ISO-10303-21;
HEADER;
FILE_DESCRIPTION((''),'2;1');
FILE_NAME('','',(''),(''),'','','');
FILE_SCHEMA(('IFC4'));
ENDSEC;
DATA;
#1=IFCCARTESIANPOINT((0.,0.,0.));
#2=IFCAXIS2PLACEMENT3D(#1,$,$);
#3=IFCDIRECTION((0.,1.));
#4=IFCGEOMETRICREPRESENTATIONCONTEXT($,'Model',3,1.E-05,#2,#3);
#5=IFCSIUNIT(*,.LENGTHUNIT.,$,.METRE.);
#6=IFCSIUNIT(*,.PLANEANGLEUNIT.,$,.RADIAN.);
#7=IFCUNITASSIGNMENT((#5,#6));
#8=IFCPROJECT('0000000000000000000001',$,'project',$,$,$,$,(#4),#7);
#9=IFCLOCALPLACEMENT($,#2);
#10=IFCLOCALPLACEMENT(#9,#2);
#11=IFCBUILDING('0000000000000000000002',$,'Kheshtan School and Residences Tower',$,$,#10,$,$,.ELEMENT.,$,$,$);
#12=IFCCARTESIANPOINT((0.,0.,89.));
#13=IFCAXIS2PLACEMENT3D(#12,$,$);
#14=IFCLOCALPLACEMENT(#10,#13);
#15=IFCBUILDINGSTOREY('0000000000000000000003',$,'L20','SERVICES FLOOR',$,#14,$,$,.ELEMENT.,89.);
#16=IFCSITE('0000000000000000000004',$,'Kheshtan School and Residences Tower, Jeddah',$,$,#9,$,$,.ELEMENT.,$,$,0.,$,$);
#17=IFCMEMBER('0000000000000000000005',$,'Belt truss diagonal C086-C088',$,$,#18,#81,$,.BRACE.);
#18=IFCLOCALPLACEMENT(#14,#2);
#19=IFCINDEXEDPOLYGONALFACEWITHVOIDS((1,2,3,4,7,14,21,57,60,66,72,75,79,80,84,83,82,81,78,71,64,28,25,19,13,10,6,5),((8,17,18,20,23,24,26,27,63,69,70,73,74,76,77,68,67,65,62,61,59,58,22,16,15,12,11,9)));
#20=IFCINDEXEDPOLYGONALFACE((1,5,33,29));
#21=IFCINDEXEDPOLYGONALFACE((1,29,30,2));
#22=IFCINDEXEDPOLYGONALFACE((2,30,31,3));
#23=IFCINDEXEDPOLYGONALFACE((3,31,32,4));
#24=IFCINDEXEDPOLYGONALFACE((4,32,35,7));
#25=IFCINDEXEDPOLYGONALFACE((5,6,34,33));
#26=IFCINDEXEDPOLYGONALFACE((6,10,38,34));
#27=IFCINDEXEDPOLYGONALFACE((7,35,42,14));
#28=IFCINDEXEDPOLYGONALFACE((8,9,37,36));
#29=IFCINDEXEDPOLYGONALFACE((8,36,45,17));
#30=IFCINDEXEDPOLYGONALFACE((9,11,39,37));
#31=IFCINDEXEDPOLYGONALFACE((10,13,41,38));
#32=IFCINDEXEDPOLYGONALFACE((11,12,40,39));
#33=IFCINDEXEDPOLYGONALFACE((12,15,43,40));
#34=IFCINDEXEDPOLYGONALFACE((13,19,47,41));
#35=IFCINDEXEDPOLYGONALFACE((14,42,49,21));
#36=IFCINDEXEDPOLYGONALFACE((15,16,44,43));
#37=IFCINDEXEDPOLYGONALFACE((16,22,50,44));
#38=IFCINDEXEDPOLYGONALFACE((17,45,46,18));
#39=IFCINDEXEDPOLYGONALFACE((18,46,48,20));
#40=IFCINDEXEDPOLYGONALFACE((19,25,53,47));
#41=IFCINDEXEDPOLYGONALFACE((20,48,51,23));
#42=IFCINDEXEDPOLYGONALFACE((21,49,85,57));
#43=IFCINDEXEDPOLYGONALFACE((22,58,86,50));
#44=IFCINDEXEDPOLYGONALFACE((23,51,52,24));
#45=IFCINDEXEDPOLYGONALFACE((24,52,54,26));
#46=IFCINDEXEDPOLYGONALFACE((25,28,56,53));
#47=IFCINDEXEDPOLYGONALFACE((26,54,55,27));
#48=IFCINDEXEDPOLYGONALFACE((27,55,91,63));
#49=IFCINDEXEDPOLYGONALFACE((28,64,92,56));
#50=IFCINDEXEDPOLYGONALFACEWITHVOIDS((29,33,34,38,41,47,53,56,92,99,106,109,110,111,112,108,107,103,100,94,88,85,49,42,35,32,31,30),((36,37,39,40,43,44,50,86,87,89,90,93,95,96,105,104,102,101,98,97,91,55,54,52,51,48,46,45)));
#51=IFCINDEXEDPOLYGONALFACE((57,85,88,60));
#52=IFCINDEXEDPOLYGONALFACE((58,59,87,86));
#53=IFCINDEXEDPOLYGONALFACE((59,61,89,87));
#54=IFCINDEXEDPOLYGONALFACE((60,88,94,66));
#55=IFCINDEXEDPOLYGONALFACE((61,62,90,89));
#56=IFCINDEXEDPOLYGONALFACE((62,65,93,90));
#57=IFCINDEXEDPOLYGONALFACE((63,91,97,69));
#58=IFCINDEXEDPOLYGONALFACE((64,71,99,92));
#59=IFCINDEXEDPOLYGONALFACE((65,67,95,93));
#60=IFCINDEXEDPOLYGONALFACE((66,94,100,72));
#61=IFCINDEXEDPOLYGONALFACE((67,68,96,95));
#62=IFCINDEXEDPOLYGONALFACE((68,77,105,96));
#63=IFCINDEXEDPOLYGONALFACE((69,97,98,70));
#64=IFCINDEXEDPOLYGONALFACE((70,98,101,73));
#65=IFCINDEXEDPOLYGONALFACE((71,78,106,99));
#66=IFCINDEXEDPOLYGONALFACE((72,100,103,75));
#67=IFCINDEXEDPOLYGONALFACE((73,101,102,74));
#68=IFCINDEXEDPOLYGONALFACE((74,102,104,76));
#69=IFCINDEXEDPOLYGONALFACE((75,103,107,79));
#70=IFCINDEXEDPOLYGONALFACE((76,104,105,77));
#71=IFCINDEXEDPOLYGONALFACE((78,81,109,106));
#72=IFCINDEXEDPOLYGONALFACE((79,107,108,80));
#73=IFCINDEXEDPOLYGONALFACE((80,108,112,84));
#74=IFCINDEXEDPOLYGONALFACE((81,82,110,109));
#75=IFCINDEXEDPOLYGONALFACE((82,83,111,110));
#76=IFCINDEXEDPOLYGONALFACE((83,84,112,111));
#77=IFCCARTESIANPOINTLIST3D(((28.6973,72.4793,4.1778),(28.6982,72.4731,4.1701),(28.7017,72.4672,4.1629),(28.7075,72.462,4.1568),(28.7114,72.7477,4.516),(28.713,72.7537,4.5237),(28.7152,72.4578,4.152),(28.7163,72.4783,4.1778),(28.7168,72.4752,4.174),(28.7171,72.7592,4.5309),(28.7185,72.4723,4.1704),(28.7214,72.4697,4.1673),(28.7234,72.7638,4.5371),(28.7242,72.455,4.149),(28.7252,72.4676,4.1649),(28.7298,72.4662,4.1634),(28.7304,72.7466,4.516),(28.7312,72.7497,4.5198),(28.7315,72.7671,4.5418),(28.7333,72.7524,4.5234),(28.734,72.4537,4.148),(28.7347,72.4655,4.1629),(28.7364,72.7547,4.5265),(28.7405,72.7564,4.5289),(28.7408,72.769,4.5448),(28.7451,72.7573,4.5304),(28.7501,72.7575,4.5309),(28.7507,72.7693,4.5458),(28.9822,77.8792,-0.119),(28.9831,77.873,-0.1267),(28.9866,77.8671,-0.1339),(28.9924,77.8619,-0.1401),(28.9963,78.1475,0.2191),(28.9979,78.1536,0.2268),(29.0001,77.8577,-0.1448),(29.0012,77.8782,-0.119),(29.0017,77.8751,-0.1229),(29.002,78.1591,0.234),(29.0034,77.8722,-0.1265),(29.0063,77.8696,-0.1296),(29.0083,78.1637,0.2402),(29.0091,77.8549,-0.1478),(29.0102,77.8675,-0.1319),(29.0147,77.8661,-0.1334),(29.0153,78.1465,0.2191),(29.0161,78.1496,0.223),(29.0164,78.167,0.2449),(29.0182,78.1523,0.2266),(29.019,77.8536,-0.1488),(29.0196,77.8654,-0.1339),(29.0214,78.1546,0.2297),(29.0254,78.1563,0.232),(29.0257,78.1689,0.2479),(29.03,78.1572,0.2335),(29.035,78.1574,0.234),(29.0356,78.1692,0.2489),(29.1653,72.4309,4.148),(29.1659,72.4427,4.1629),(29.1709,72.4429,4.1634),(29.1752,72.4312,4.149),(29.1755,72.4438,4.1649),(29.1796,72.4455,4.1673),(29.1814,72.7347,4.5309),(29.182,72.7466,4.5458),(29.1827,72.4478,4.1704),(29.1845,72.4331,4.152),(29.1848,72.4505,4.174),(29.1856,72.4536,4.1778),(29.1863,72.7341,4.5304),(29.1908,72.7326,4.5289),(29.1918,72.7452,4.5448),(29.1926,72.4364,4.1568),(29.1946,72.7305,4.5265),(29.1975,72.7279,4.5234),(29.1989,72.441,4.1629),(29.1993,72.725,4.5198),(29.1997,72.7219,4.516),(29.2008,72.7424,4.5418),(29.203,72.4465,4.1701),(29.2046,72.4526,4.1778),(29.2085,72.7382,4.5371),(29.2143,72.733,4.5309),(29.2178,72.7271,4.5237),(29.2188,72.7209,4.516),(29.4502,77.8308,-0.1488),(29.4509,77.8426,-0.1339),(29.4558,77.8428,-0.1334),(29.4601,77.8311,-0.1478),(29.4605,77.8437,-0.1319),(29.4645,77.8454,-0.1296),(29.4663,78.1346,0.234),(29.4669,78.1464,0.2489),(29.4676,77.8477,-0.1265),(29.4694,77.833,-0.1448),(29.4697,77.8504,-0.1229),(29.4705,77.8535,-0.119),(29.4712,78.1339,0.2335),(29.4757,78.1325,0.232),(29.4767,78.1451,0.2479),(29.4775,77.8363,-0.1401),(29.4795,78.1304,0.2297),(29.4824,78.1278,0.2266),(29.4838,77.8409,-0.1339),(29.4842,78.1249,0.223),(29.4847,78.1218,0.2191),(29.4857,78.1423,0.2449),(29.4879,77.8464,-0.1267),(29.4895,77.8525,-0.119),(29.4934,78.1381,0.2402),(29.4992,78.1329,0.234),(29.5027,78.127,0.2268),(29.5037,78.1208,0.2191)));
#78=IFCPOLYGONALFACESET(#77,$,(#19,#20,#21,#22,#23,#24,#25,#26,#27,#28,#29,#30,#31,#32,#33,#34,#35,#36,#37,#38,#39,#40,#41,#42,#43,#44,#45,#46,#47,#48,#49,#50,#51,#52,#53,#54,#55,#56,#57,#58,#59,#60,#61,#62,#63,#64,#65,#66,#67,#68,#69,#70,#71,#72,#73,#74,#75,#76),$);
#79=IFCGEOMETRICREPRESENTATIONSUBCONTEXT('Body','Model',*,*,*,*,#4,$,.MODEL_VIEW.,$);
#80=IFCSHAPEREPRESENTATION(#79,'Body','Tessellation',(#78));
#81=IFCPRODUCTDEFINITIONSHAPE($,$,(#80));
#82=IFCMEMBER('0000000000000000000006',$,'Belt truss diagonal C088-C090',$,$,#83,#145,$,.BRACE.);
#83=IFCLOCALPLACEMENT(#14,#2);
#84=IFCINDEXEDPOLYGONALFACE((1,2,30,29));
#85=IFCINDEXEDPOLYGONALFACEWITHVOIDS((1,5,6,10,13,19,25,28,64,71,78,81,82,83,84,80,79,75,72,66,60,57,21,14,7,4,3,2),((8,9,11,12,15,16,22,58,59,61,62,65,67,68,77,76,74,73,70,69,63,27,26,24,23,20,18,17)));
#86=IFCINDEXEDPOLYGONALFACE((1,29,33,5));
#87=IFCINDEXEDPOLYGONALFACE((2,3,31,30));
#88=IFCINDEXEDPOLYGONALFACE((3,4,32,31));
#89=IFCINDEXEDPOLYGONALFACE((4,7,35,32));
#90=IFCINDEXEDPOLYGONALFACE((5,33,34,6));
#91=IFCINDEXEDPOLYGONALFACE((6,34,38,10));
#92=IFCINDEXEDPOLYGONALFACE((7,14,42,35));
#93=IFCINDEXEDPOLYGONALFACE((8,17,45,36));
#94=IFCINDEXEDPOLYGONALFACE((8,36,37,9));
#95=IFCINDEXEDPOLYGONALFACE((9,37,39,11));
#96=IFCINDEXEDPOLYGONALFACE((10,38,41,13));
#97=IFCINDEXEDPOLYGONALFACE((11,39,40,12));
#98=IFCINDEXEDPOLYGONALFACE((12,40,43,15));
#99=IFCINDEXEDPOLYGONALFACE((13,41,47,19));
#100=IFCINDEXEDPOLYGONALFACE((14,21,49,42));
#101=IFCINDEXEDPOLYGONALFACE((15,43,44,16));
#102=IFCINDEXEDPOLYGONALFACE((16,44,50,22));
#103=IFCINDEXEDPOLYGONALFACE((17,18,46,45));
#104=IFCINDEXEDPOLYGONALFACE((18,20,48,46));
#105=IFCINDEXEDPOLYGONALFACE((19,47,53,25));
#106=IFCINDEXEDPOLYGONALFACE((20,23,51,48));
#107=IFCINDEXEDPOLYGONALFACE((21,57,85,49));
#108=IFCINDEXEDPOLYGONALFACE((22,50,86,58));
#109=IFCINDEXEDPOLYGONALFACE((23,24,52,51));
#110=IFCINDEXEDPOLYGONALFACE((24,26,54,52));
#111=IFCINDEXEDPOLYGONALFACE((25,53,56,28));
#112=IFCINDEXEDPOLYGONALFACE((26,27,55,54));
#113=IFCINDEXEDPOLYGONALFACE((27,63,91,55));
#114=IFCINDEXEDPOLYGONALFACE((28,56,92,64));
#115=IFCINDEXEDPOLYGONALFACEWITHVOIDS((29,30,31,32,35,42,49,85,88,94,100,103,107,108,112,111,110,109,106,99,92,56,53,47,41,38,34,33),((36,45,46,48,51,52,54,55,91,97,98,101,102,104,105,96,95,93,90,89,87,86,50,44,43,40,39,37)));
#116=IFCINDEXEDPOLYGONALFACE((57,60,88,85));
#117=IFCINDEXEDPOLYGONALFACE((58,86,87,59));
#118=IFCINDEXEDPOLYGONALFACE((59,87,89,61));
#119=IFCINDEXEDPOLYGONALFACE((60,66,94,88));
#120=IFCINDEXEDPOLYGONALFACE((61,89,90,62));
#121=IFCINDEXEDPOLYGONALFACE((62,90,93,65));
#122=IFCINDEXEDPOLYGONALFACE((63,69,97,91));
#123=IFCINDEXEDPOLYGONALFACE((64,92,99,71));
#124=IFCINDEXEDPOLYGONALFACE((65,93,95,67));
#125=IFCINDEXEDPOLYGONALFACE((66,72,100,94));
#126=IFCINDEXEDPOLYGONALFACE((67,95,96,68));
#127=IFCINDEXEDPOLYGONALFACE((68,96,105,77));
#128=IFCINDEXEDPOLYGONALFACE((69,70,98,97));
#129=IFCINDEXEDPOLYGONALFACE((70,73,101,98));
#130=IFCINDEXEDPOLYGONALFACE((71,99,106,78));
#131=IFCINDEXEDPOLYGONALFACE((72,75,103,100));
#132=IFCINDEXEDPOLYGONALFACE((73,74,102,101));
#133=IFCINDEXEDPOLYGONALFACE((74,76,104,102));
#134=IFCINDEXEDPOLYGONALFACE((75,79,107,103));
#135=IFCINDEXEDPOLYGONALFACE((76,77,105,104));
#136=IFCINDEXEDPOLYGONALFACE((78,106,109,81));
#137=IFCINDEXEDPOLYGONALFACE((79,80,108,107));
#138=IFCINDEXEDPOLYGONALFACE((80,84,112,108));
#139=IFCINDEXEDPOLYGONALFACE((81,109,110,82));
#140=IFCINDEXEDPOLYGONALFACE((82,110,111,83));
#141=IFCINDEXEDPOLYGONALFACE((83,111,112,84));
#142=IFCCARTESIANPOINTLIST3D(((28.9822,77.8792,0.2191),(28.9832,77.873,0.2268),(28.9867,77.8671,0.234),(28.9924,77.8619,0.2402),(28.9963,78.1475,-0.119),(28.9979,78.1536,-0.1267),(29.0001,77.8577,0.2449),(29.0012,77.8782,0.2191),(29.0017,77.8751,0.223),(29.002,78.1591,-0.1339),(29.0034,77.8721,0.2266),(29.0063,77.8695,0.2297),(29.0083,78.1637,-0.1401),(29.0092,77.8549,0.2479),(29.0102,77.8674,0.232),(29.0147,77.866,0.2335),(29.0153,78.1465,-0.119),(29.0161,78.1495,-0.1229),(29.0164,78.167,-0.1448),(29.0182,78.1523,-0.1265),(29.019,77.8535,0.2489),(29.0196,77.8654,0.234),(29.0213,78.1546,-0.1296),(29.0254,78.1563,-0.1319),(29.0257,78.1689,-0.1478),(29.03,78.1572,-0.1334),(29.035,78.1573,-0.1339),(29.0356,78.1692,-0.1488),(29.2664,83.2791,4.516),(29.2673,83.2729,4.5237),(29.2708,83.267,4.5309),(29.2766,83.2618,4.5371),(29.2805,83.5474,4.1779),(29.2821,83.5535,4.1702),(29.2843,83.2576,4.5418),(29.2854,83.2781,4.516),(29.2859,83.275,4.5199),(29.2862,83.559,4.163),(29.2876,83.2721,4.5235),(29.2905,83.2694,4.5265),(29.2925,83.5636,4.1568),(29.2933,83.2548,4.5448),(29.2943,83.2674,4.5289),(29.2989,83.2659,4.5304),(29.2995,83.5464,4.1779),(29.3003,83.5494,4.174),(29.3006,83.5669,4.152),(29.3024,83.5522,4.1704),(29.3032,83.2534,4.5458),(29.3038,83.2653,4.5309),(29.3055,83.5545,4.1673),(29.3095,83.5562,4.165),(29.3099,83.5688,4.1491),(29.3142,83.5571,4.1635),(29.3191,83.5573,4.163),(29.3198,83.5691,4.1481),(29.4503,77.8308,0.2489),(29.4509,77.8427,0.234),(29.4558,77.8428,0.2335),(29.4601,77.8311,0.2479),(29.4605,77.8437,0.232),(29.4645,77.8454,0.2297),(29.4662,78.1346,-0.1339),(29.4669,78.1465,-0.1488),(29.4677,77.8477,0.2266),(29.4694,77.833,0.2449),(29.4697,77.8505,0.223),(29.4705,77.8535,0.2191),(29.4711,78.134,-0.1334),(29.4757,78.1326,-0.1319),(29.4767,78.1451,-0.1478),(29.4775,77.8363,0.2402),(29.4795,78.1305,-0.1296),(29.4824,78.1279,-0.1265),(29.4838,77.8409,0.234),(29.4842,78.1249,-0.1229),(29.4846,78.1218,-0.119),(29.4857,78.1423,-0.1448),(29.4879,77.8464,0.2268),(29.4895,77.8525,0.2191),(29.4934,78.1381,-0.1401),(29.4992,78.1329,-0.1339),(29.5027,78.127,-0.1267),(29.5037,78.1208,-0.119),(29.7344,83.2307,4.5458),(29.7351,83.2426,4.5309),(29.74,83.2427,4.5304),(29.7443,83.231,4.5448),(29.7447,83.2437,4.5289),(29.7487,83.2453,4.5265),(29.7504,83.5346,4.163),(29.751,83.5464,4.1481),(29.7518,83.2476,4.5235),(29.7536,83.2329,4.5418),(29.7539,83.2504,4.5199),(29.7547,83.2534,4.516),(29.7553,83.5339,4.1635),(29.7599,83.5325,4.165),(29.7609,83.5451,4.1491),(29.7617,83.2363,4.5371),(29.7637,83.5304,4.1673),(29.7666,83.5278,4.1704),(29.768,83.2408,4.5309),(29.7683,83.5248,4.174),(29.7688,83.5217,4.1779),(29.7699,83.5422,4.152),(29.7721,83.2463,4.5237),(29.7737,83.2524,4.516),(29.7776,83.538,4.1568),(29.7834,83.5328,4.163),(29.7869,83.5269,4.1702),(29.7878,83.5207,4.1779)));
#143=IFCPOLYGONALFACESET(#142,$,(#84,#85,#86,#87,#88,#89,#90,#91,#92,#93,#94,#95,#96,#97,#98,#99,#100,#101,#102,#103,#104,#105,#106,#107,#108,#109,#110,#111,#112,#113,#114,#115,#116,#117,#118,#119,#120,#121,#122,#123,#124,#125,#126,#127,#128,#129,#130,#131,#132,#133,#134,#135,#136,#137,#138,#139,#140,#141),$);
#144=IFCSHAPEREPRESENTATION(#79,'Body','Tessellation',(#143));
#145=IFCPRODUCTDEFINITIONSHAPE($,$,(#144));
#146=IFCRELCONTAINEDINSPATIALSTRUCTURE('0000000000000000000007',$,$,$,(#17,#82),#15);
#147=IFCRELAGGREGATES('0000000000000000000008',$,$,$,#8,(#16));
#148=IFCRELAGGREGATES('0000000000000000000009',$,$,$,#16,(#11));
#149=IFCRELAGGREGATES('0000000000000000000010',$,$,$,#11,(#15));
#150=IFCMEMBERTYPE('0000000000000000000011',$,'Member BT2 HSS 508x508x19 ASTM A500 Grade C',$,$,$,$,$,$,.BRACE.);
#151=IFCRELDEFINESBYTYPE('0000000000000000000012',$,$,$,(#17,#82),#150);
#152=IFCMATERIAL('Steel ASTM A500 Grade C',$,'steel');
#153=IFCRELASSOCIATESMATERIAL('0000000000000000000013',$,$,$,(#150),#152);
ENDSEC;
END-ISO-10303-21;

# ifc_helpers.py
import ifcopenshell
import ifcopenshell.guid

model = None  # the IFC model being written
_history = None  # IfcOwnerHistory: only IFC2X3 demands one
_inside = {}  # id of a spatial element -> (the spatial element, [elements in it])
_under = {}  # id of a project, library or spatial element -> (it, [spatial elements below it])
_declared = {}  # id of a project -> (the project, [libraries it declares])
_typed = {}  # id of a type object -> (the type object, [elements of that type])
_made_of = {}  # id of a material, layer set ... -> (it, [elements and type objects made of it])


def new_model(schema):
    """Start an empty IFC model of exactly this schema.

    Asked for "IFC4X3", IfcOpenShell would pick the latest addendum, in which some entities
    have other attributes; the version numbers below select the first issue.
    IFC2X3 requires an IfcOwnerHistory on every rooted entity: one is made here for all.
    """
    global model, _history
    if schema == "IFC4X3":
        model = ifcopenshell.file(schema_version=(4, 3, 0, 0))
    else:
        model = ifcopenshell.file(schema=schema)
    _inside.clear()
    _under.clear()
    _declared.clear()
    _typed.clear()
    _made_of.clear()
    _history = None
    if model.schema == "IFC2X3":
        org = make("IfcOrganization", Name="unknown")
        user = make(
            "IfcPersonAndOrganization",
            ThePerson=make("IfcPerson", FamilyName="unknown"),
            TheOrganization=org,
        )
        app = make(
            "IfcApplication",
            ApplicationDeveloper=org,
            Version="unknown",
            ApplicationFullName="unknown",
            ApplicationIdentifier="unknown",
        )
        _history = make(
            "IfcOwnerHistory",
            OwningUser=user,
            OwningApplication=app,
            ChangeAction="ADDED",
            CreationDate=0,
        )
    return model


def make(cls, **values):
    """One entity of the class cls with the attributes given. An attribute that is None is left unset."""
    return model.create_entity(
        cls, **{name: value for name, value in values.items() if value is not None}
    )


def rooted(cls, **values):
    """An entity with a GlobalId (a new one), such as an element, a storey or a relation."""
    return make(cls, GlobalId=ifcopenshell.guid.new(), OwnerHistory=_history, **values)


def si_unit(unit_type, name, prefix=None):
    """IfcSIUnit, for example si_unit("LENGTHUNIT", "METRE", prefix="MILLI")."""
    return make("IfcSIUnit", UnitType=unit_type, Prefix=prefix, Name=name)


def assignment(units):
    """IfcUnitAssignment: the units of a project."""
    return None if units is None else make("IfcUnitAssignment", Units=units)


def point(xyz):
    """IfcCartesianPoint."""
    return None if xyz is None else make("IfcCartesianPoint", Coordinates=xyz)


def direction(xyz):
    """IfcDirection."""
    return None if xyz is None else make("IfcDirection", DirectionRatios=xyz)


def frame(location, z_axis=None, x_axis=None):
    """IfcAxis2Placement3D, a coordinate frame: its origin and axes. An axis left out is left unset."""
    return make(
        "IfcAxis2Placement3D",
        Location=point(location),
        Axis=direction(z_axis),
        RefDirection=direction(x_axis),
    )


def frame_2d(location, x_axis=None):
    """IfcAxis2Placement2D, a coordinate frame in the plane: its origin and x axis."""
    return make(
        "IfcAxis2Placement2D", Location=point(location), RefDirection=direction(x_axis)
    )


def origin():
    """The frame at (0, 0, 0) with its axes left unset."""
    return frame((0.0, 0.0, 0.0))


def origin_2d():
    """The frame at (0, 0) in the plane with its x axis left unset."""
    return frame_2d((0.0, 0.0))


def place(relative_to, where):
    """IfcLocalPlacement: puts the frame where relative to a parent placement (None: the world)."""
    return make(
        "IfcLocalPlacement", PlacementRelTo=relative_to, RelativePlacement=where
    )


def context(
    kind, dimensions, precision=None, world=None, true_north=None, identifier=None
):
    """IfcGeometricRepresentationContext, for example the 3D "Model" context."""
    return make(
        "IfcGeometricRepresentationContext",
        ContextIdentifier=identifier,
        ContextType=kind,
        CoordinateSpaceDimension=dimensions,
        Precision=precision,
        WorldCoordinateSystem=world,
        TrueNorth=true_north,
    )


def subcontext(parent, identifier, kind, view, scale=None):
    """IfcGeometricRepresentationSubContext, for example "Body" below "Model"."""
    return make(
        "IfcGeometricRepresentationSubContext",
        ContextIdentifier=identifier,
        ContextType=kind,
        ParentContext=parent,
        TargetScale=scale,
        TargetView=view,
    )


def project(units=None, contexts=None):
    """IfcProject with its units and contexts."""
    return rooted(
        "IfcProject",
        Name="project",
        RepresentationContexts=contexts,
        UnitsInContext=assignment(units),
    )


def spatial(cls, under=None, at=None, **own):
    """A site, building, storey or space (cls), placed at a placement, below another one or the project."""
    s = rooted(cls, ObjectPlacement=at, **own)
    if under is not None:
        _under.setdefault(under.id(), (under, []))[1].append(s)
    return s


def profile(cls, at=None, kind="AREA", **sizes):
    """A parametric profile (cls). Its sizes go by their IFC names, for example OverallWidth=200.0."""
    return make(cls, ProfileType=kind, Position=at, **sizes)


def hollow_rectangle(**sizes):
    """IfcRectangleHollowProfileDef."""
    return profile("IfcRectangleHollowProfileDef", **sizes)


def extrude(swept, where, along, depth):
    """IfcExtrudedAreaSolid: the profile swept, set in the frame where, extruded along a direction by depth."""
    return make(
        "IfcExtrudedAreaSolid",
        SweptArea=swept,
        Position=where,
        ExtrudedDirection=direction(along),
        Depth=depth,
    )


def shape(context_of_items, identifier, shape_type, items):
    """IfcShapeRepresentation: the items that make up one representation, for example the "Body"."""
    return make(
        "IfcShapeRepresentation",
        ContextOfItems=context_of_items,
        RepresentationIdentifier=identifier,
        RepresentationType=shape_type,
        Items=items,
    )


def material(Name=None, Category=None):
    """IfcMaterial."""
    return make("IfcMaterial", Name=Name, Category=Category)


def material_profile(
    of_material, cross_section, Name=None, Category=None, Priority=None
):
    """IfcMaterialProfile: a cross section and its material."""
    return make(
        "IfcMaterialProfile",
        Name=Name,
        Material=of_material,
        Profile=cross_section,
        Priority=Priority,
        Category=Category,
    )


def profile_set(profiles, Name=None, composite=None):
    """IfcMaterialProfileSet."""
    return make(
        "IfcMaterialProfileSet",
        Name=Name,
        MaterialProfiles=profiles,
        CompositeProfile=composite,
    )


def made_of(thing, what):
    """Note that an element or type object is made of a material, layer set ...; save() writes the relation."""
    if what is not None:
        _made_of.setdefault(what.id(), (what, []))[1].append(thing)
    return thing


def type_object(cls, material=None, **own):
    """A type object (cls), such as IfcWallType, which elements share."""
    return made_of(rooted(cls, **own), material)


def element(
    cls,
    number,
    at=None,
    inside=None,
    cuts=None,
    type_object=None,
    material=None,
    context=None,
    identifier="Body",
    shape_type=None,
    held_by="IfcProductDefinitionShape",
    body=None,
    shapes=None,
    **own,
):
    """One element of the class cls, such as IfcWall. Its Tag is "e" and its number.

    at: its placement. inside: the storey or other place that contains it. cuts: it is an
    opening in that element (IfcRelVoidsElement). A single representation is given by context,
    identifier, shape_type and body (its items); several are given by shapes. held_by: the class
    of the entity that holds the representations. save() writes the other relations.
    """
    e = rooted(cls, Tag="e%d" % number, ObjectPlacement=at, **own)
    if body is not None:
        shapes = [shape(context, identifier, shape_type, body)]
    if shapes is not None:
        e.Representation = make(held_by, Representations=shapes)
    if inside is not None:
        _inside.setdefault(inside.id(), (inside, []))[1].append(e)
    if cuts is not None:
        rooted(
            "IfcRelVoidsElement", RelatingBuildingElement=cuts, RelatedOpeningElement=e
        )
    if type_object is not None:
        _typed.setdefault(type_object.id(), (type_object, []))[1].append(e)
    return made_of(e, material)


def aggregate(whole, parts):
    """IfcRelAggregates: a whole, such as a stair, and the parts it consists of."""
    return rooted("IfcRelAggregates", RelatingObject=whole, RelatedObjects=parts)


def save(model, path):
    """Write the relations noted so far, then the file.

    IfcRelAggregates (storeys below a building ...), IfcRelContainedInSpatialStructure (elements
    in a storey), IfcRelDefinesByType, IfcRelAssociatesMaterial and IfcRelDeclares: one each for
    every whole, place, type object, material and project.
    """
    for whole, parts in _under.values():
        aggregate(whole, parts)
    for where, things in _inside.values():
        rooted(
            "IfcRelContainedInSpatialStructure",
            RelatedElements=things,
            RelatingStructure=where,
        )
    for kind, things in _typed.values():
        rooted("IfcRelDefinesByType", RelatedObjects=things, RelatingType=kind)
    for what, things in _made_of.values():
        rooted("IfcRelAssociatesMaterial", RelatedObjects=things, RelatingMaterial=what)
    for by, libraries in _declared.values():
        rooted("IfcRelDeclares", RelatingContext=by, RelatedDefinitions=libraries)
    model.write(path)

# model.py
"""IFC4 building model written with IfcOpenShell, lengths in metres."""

from ifc_helpers import new_model, si_unit, direction, frame, origin, origin_2d, place, context, subcontext, project, spatial, hollow_rectangle, extrude, material, material_profile, profile_set, type_object, element, save


model = new_model("IFC4")

# Units and contexts
model_context = context("Model", 3, precision=1e-05, world=origin(), true_north=direction((0.0, 1.0)))
body_context = subcontext(model_context, "Body", "Model", "MODEL_VIEW")
ifc_project = project(units=[si_unit("LENGTHUNIT", "METRE"), si_unit("PLANEANGLEUNIT", "RADIAN")], contexts=[model_context])

# Site, building, storey
site_placement = place(None, origin())
site = spatial("IfcSite", under=ifc_project, at=site_placement, Name="Kheshtan School and Residences Tower, Jeddah", CompositionType="ELEMENT", RefElevation=0.0)
building_placement = place(site_placement, origin())
building = spatial("IfcBuilding", under=site, at=building_placement, Name="Kheshtan School and Residences Tower", CompositionType="ELEMENT")
storey_placement = place(building_placement, frame((0.0, 0.0, 89.0)))
storey = spatial("IfcBuildingStorey", under=building, at=storey_placement, Name="L20", Description="SERVICES FLOOR", CompositionType="ELEMENT", Elevation=89.0)

# Members
ifc_material_1 = material(Name="Steel ASTM A500 Grade C", Category="steel")
ifc_material_profile_1 = material_profile(ifc_material_1, hollow_rectangle(XDim=0.5081, YDim=0.5081, WallThickness=0.019, InnerFilletRadius=0.019, OuterFilletRadius=0.0381, at=origin_2d()), Name="HSS 508x508x19")
ifc_profile_set_1 = profile_set([ifc_material_profile_1], Name="Steel ASTM A500 Grade C")
member_type_1 = type_object("IfcMemberType", Name="Member BT2 HSS 508x508x19 ASTM A500 Grade C", PredefinedType="BRACE", material=ifc_profile_set_1)
for number, where, z_axis, x_axis, name in (
    (1, (29.2429, 78.0, 0.05), (-0.041251, -0.781829, 0.622127), (0.998611, -0.052689, 0.0), "Belt truss diagonal C086-C088"),
    (2, (29.2429, 78.0, 0.05), (0.041145, 0.781833, 0.622129), (-0.998618, 0.052554, 0.0), "Belt truss diagonal C088-C090"),
):
    element("IfcMember", number, at=place(storey_placement, frame(where, z_axis=z_axis, x_axis=x_axis)), inside=storey, type_object=member_type_1, Name=name, PredefinedType="BRACE", context=body_context, shape_type="SweptSolid", body=[
        extrude(hollow_rectangle(XDim=0.5081, YDim=0.5081, WallThickness=0.019, InnerFilletRadius=0.019, OuterFilletRadius=0.0381, at=origin_2d()), origin(), (0.0, 0.0, 1.0), 6.9067),
    ])

save(model, "model.ifc")
